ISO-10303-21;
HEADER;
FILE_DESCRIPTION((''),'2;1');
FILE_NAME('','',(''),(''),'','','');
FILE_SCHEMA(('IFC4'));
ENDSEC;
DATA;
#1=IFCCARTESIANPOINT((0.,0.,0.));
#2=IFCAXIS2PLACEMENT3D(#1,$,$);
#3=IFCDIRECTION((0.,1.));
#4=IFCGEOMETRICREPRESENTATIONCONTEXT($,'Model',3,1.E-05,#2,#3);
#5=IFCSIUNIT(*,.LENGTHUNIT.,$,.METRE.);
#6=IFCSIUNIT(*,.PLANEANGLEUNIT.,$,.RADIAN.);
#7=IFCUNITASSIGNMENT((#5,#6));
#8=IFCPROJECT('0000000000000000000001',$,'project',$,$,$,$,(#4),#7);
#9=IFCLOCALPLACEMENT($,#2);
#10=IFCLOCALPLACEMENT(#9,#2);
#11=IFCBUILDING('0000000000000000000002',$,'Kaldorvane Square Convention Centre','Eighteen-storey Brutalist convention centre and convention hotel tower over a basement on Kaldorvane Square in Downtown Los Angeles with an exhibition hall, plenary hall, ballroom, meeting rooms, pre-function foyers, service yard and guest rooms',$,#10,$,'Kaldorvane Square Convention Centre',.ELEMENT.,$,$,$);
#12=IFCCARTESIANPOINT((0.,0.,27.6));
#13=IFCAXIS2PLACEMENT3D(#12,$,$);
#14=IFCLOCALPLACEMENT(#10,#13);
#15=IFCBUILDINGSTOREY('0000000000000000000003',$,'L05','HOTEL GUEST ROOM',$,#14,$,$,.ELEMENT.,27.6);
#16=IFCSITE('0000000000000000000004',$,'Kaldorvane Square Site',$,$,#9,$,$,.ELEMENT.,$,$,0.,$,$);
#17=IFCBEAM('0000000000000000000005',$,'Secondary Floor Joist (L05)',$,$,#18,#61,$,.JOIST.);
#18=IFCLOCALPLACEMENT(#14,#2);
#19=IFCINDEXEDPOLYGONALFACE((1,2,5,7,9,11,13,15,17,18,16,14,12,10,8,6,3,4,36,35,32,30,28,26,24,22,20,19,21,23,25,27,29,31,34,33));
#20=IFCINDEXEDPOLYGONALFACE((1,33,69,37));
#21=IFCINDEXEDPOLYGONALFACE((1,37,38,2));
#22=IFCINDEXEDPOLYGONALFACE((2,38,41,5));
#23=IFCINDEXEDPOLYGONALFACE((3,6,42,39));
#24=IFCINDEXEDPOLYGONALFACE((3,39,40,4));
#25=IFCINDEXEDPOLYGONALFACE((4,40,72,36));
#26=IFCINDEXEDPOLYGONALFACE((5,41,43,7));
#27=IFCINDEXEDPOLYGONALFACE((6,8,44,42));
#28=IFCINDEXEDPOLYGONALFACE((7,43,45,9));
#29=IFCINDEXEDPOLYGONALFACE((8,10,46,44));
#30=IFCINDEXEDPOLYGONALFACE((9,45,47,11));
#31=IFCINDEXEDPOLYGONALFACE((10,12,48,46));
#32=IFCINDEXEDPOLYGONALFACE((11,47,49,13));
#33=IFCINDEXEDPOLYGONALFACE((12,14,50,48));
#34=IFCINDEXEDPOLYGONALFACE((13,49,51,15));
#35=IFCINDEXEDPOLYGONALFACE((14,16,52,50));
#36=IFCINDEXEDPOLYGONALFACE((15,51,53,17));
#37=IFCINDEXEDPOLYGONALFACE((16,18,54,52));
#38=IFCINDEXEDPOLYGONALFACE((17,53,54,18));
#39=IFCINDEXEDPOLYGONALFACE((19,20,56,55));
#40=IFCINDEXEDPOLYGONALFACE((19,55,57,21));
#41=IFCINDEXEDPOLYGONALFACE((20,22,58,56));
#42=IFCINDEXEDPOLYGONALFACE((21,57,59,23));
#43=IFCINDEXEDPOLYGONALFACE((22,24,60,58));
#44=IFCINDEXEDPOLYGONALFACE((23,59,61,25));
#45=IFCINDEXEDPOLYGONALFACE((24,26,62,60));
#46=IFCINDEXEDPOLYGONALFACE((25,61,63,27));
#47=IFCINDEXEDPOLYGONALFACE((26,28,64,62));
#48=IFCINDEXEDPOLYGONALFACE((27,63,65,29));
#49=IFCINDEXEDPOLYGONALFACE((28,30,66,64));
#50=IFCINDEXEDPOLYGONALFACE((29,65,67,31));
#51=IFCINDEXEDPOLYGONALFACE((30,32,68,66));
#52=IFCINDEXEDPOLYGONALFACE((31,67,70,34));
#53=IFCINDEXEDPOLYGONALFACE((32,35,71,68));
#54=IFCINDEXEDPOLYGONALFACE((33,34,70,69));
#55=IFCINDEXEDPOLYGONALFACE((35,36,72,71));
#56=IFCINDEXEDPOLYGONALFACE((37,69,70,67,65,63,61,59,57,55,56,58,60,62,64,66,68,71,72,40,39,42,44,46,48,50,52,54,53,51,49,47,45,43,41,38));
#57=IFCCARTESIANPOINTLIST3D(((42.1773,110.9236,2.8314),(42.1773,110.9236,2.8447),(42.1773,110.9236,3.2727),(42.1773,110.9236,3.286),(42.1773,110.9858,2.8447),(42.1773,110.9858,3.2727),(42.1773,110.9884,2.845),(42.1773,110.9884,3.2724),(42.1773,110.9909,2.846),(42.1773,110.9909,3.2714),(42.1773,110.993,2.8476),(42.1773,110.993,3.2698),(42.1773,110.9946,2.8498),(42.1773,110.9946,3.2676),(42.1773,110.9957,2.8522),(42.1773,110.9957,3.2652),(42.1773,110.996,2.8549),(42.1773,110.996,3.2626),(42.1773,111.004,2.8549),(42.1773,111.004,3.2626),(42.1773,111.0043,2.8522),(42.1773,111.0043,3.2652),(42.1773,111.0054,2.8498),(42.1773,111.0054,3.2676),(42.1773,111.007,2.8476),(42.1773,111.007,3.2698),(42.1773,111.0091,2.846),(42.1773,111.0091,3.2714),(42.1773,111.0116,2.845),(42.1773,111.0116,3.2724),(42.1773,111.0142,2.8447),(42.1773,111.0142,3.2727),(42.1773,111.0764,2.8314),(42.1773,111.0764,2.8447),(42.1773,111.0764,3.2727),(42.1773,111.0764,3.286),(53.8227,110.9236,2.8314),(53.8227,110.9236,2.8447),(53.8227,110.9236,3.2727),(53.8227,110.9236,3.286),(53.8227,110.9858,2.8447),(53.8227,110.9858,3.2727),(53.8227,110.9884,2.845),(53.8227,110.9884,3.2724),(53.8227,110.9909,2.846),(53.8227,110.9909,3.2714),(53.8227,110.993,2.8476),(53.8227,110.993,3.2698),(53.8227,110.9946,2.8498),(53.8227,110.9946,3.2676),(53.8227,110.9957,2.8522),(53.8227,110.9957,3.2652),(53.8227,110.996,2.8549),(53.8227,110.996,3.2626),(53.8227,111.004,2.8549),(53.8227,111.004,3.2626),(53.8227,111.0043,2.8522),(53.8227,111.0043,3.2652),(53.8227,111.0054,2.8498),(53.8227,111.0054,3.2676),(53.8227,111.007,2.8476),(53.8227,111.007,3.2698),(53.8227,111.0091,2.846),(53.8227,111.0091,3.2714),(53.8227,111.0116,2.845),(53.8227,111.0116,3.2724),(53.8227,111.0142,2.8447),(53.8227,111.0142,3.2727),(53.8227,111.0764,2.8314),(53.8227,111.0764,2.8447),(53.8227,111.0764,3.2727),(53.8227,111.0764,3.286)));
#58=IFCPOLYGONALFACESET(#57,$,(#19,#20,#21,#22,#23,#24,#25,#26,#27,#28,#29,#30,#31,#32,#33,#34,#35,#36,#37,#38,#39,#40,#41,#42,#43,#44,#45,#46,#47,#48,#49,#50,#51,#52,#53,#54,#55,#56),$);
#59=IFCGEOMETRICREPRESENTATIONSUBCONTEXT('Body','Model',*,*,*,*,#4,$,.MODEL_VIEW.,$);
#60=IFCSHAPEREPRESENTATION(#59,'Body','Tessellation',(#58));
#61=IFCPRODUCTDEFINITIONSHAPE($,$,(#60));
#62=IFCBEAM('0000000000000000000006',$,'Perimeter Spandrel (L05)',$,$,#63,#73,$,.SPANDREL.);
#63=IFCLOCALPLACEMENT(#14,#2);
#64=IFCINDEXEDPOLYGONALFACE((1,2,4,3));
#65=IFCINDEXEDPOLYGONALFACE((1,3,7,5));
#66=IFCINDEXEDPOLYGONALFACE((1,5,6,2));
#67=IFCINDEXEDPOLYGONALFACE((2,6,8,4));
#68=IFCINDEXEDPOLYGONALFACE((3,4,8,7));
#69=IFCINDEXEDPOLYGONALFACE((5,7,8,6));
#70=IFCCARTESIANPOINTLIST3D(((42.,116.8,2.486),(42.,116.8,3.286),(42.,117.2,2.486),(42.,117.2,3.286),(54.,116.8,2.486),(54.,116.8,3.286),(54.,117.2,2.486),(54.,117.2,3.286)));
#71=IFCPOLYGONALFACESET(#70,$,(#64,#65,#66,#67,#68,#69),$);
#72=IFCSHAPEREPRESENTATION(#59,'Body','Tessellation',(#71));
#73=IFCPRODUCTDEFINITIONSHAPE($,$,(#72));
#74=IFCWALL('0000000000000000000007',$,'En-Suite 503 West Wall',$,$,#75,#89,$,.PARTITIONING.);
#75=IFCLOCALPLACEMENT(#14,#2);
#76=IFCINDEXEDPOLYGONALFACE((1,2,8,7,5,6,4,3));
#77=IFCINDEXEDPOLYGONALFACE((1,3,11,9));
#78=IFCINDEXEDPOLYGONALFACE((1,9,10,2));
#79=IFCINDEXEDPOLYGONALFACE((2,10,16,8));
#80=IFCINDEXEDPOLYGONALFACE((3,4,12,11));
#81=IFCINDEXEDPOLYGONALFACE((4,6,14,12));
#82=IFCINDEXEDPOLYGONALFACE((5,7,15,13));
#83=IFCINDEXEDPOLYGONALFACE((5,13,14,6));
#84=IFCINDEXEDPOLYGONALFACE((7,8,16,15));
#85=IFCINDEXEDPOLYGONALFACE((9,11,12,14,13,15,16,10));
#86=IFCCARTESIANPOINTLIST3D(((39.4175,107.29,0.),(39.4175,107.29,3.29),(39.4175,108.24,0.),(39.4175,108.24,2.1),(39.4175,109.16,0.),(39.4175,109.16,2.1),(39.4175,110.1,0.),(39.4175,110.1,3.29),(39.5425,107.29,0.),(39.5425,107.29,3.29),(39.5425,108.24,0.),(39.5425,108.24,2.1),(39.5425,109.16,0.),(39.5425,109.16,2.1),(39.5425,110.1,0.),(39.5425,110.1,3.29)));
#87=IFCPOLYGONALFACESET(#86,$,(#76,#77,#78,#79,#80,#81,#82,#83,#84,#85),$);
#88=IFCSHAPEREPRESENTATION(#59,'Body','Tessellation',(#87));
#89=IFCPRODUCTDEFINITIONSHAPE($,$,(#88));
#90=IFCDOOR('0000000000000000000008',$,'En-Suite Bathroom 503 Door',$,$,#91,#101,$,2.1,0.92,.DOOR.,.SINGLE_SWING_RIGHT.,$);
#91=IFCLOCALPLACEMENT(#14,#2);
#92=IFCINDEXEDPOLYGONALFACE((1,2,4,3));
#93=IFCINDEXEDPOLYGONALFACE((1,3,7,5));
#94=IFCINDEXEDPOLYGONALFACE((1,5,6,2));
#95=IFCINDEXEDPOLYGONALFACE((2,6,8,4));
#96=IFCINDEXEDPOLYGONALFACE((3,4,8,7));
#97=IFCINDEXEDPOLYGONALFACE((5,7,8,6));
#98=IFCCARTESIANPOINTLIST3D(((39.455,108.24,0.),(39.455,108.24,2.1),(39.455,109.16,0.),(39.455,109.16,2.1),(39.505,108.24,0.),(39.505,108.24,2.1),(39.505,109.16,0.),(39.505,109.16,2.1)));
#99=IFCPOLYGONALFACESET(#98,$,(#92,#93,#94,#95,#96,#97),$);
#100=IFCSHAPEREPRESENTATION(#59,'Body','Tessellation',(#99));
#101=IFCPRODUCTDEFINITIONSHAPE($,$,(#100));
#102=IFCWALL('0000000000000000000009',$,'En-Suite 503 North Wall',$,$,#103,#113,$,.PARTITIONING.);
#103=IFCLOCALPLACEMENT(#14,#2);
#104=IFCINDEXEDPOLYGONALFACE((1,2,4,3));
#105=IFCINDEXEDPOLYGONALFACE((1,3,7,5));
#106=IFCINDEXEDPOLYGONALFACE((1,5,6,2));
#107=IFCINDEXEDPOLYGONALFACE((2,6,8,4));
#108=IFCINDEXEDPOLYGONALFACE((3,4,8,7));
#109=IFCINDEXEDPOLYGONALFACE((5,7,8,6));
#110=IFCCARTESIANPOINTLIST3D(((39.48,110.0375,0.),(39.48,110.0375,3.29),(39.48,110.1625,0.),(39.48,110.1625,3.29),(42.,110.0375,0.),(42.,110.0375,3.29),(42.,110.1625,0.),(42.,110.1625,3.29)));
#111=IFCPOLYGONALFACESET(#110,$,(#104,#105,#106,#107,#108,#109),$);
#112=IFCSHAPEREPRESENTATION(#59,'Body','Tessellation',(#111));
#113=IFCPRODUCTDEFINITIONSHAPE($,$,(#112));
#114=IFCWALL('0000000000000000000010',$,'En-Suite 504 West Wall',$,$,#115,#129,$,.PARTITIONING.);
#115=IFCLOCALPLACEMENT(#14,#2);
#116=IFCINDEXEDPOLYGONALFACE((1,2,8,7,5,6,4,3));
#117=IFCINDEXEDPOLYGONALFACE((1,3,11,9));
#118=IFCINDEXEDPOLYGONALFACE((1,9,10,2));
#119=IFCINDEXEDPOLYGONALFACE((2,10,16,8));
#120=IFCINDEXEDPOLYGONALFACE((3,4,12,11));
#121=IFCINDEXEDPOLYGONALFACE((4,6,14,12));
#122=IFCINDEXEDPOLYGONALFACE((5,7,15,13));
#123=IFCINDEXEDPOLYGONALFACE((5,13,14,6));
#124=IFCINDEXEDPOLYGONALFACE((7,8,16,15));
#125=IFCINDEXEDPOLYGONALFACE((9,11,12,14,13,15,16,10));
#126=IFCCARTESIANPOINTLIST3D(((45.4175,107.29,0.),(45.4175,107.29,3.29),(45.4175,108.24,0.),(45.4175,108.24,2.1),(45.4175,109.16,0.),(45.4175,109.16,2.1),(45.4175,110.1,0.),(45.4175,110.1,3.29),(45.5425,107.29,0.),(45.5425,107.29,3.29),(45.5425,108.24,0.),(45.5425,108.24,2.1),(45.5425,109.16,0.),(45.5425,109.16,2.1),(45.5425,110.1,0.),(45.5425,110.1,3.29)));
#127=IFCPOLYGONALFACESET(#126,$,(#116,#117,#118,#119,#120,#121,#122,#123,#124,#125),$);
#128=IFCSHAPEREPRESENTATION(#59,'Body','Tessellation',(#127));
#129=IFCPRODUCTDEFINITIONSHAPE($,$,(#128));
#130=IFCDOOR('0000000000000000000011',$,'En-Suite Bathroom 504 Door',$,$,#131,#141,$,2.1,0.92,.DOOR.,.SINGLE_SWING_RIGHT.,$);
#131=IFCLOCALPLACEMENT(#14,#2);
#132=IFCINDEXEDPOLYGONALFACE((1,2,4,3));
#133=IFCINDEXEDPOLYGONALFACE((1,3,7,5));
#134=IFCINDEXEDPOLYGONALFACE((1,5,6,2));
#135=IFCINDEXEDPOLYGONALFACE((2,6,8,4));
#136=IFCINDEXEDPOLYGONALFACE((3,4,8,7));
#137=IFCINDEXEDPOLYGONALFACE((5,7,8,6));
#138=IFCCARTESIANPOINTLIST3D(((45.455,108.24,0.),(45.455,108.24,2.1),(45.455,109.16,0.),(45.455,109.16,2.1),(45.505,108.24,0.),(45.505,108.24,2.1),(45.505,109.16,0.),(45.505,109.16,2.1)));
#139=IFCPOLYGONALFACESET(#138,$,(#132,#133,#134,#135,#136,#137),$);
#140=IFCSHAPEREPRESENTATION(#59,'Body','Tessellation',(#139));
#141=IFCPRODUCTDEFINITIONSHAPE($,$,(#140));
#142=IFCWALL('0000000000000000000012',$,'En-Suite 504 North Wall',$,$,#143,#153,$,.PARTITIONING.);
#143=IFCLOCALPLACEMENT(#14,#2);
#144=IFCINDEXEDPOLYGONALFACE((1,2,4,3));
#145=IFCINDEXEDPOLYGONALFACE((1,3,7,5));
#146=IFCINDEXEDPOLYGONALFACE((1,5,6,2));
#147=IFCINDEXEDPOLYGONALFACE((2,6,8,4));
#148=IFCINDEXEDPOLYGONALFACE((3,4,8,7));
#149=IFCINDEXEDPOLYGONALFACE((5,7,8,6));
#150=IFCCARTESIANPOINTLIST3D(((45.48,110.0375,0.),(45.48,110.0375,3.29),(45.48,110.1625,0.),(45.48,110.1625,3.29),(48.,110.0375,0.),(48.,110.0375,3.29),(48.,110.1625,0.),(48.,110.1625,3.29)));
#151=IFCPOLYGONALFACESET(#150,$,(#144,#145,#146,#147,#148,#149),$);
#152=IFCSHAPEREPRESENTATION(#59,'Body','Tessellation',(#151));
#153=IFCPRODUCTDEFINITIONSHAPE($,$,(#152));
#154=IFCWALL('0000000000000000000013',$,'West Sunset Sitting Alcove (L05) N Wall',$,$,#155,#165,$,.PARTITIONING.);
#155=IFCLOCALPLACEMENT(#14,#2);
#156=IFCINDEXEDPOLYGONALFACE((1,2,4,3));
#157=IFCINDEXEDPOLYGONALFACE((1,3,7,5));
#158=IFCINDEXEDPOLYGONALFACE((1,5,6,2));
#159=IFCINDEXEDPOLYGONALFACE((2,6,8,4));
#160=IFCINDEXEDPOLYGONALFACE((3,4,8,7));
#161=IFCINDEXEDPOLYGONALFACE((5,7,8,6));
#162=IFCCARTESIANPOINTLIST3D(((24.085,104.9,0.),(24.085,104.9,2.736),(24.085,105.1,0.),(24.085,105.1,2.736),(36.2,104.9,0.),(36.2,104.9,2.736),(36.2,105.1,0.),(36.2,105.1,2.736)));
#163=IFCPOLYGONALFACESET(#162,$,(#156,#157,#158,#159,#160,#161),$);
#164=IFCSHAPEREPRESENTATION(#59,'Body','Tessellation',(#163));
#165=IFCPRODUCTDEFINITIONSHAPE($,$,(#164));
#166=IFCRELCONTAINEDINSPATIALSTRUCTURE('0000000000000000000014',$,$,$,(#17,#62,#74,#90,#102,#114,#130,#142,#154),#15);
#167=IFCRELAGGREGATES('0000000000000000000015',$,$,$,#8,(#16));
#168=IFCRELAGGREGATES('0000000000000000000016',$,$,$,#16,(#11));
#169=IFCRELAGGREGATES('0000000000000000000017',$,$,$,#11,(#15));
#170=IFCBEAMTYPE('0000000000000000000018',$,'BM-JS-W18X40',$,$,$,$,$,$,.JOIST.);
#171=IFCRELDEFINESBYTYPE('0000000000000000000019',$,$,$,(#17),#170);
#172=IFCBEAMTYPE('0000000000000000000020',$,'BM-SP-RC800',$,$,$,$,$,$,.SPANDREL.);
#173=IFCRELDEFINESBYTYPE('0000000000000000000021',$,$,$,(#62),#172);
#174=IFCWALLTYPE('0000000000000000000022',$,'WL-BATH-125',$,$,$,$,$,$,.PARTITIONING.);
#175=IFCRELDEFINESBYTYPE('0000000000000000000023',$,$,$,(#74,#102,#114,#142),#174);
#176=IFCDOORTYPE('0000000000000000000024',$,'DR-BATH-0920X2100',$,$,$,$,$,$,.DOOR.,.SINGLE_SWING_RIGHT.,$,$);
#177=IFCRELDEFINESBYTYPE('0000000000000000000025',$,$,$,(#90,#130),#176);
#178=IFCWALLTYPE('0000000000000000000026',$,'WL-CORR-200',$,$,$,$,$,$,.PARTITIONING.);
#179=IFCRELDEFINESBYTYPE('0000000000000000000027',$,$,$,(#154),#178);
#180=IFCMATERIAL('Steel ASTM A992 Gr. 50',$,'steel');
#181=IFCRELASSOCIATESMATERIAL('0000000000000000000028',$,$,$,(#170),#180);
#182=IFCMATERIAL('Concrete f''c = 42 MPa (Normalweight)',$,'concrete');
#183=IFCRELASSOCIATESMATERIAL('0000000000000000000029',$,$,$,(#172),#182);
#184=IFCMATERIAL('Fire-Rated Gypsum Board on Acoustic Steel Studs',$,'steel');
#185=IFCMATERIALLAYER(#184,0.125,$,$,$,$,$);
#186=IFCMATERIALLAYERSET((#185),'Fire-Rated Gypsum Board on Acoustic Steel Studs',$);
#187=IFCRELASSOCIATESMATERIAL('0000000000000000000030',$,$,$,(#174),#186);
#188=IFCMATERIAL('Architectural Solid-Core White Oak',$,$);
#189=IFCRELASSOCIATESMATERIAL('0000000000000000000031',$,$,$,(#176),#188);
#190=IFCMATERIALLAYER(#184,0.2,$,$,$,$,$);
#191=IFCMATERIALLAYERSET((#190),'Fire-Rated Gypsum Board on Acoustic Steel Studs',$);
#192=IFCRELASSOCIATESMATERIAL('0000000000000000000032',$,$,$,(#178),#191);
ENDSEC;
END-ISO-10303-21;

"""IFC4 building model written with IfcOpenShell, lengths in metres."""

from ifc_helpers import new_model, si_unit, direction, frame, frame_2d, origin, origin_2d, place, context, subcontext, project, spatial, rectangle, i_section, extrude, material, layer, layer_set, material_profile, profile_set, type_object, element, fill, save


model = new_model("IFC4")

# Units and contexts
model_context = context("Model", 3, precision=1e-05, world=origin(), true_north=direction((0.0, 1.0)))
body_context = subcontext(model_context, "Body", "Model", "MODEL_VIEW")
ifc_project = project(units=[si_unit("LENGTHUNIT", "METRE"), si_unit("PLANEANGLEUNIT", "RADIAN")], contexts=[model_context])

# Site, building, storey
site_placement = place(None, origin())
site = spatial("IfcSite", under=ifc_project, at=site_placement, Name="Kaldorvane Square Site", CompositionType="ELEMENT", RefElevation=0.0)
building_placement = place(site_placement, origin())
building = spatial("IfcBuilding", under=site, at=building_placement, Name="Kaldorvane Square Convention Centre", Description="Eighteen-storey Brutalist convention centre and convention hotel tower over a basement on Kaldorvane Square in Downtown Los Angeles with an exhibition hall, plenary hall, ballroom, meeting rooms, pre-function foyers, service yard and guest rooms", LongName="Kaldorvane Square Convention Centre", CompositionType="ELEMENT")
storey_placement = place(building_placement, frame((0.0, 0.0, 27.6)))
storey = spatial("IfcBuildingStorey", under=building, at=storey_placement, Name="L05", Description="HOTEL GUEST ROOM", CompositionType="ELEMENT", Elevation=27.6)

# Shared definitions
ifc_material_1 = material(Name="Steel ASTM A992 Gr. 50", Category="steel")

# Beams
ifc_material_profile_1 = material_profile(ifc_material_1, i_section(OverallWidth=0.1528, OverallDepth=0.4547, WebThickness=0.008, FlangeThickness=0.0133, FilletRadius=0.0102, at=origin_2d()), Name="W18X40")
ifc_profile_set_1 = profile_set([ifc_material_profile_1], Name="Steel ASTM A992 Gr. 50")
beam_type_1 = type_object("IfcBeamType", Name="BM-JS-W18X40", PredefinedType="JOIST", material=ifc_profile_set_1)
beam_1_placement = place(storey_placement, frame((42.1773, 111.0, 3.0587), z_axis=(1.0, 0.0, 0.0), x_axis=(0.0, 1.0, 0.0)))
element("IfcBeam", 1, at=beam_1_placement, inside=storey, type_object=beam_type_1, Name="Secondary Floor Joist (L05)", PredefinedType="JOIST", context=body_context, shape_type="SweptSolid", body=[
    extrude(i_section(OverallWidth=0.1528, OverallDepth=0.4547, WebThickness=0.008, FlangeThickness=0.0133, FilletRadius=0.0102, at=origin_2d()), origin(), (0.0, 0.0, 1.0), 11.6454),
])
ifc_material_2 = material(Name="Concrete f'c = 42 MPa (Normalweight)", Category="concrete")
ifc_material_profile_2 = material_profile(ifc_material_2, rectangle(XDim=0.4, YDim=0.8, at=origin_2d()), Name="RCSP800X400")
ifc_profile_set_2 = profile_set([ifc_material_profile_2], Name="Concrete f'c = 42 MPa (Normalweight)")
beam_type_2 = type_object("IfcBeamType", Name="BM-SP-RC800", PredefinedType="SPANDREL", material=ifc_profile_set_2)
beam_2_placement = place(storey_placement, frame((42.0, 117.0, 2.886), z_axis=(1.0, 0.0, 0.0), x_axis=(0.0, 1.0, 0.0)))
element("IfcBeam", 2, at=beam_2_placement, inside=storey, type_object=beam_type_2, Name="Perimeter Spandrel (L05)", PredefinedType="SPANDREL", context=body_context, shape_type="SweptSolid", body=[
    extrude(rectangle(XDim=0.4, YDim=0.8, at=origin_2d()), origin(), (0.0, 0.0, 1.0), 12.0),
])

# Wall, opening, door
ifc_material_3 = material(Name="Fire-Rated Gypsum Board on Acoustic Steel Studs", Category="steel")
ifc_layer_1 = layer(ifc_material_3, 0.125)
ifc_layer_set_1 = layer_set([ifc_layer_1], Name="Fire-Rated Gypsum Board on Acoustic Steel Studs")
wall_type_1 = type_object("IfcWallType", Name="WL-BATH-125", PredefinedType="PARTITIONING", material=ifc_layer_set_1)
wall_1_placement = place(storey_placement, frame((39.48, 107.29, 0.0), z_axis=(0.0, 0.0, 1.0), x_axis=(0.0, 1.0, 0.0)))
wall_1 = element("IfcWall", 3, at=wall_1_placement, inside=storey, type_object=wall_type_1, Name="En-Suite 503 West Wall", PredefinedType="PARTITIONING", context=body_context, shape_type="SweptSolid", body=[
    extrude(rectangle(XDim=2.81, YDim=0.125, at=frame_2d((1.405, 0.0))), origin(), (0.0, 0.0, 1.0), 3.29),
])
opening_1_placement = place(wall_1_placement, frame((0.95, 0.0, 0.0)))
opening_1 = element("IfcOpeningElement", 4, at=opening_1_placement, cuts=wall_1, PredefinedType="OPENING", context=body_context, shape_type="SweptSolid", body=[
    extrude(rectangle(XDim=0.92, YDim=2.1, at=frame_2d((0.46, 1.05))), frame((0.0, 0.0775, 0.0), z_axis=(0.0, -1.0, 0.0), x_axis=(1.0, 0.0, 0.0)), (0.0, 0.0, 1.0), 0.155),
])
ifc_material_4 = material(Name="Architectural Solid-Core White Oak")
door_type_1 = type_object("IfcDoorType", Name="DR-BATH-0920X2100", OperationType="SINGLE_SWING_RIGHT", PredefinedType="DOOR", material=ifc_material_4)
door_1_placement = place(opening_1_placement, origin())
door_1 = element("IfcDoor", 5, at=door_1_placement, inside=storey, type_object=door_type_1, Name="En-Suite Bathroom 503 Door", OperationType="SINGLE_SWING_RIGHT", OverallHeight=2.1, OverallWidth=0.92, PredefinedType="DOOR", context=body_context, shape_type="SweptSolid", body=[
    extrude(rectangle(XDim=0.92, YDim=2.1, at=frame_2d((0.46, 1.05))), frame((0.0, 0.025, 0.0), z_axis=(0.0, -1.0, 0.0), x_axis=(1.0, 0.0, 0.0)), (0.0, 0.0, 1.0), 0.05),
])
fill(opening_1, door_1)

# Wall
wall_2_placement = place(storey_placement, frame((39.48, 110.1, 0.0), z_axis=(0.0, 0.0, 1.0), x_axis=(1.0, 0.0, 0.0)))
element("IfcWall", 6, at=wall_2_placement, inside=storey, type_object=wall_type_1, Name="En-Suite 503 North Wall", PredefinedType="PARTITIONING", context=body_context, shape_type="SweptSolid", body=[
    extrude(rectangle(XDim=2.52, YDim=0.125, at=frame_2d((1.26, 0.0))), origin(), (0.0, 0.0, 1.0), 3.29),
])

# Wall, opening, door
wall_3_placement = place(storey_placement, frame((45.48, 107.29, 0.0), z_axis=(0.0, 0.0, 1.0), x_axis=(0.0, 1.0, 0.0)))
wall_3 = element("IfcWall", 7, at=wall_3_placement, inside=storey, type_object=wall_type_1, Name="En-Suite 504 West Wall", PredefinedType="PARTITIONING", context=body_context, shape_type="SweptSolid", body=[
    extrude(rectangle(XDim=2.81, YDim=0.125, at=frame_2d((1.405, 0.0))), origin(), (0.0, 0.0, 1.0), 3.29),
])
opening_2_placement = place(wall_3_placement, frame((0.95, 0.0, 0.0)))
opening_2 = element("IfcOpeningElement", 8, at=opening_2_placement, cuts=wall_3, PredefinedType="OPENING", context=body_context, shape_type="SweptSolid", body=[
    extrude(rectangle(XDim=0.92, YDim=2.1, at=frame_2d((0.46, 1.05))), frame((0.0, 0.0775, 0.0), z_axis=(0.0, -1.0, 0.0), x_axis=(1.0, 0.0, 0.0)), (0.0, 0.0, 1.0), 0.155),
])
door_2_placement = place(opening_2_placement, origin())
door_2 = element("IfcDoor", 9, at=door_2_placement, inside=storey, type_object=door_type_1, Name="En-Suite Bathroom 504 Door", OperationType="SINGLE_SWING_RIGHT", OverallHeight=2.1, OverallWidth=0.92, PredefinedType="DOOR", context=body_context, shape_type="SweptSolid", body=[
    extrude(rectangle(XDim=0.92, YDim=2.1, at=frame_2d((0.46, 1.05))), frame((0.0, 0.025, 0.0), z_axis=(0.0, -1.0, 0.0), x_axis=(1.0, 0.0, 0.0)), (0.0, 0.0, 1.0), 0.05),
])
fill(opening_2, door_2)

# Walls
wall_4_placement = place(storey_placement, frame((45.48, 110.1, 0.0), z_axis=(0.0, 0.0, 1.0), x_axis=(1.0, 0.0, 0.0)))
element("IfcWall", 10, at=wall_4_placement, inside=storey, type_object=wall_type_1, Name="En-Suite 504 North Wall", PredefinedType="PARTITIONING", context=body_context, shape_type="SweptSolid", body=[
    extrude(rectangle(XDim=2.52, YDim=0.125, at=frame_2d((1.26, 0.0))), origin(), (0.0, 0.0, 1.0), 3.29),
])
ifc_layer_2 = layer(ifc_material_3, 0.2)
ifc_layer_set_2 = layer_set([ifc_layer_2], Name="Fire-Rated Gypsum Board on Acoustic Steel Studs")
wall_type_2 = type_object("IfcWallType", Name="WL-CORR-200", PredefinedType="PARTITIONING", material=ifc_layer_set_2)
wall_5_placement = place(storey_placement, frame((36.2, 105.0, 0.0), z_axis=(0.0, 0.0, 1.0), x_axis=(-1.0, 0.0, 0.0)))
element("IfcWall", 11, at=wall_5_placement, inside=storey, type_object=wall_type_2, Name="West Sunset Sitting Alcove (L05) N Wall", PredefinedType="PARTITIONING", context=body_context, shape_type="SweptSolid", body=[
    extrude(rectangle(XDim=12.115, YDim=0.2, at=frame_2d((6.0575, 0.0))), origin(), (0.0, 0.0, 1.0), 2.736),
])

save(model, "model.ifc")
